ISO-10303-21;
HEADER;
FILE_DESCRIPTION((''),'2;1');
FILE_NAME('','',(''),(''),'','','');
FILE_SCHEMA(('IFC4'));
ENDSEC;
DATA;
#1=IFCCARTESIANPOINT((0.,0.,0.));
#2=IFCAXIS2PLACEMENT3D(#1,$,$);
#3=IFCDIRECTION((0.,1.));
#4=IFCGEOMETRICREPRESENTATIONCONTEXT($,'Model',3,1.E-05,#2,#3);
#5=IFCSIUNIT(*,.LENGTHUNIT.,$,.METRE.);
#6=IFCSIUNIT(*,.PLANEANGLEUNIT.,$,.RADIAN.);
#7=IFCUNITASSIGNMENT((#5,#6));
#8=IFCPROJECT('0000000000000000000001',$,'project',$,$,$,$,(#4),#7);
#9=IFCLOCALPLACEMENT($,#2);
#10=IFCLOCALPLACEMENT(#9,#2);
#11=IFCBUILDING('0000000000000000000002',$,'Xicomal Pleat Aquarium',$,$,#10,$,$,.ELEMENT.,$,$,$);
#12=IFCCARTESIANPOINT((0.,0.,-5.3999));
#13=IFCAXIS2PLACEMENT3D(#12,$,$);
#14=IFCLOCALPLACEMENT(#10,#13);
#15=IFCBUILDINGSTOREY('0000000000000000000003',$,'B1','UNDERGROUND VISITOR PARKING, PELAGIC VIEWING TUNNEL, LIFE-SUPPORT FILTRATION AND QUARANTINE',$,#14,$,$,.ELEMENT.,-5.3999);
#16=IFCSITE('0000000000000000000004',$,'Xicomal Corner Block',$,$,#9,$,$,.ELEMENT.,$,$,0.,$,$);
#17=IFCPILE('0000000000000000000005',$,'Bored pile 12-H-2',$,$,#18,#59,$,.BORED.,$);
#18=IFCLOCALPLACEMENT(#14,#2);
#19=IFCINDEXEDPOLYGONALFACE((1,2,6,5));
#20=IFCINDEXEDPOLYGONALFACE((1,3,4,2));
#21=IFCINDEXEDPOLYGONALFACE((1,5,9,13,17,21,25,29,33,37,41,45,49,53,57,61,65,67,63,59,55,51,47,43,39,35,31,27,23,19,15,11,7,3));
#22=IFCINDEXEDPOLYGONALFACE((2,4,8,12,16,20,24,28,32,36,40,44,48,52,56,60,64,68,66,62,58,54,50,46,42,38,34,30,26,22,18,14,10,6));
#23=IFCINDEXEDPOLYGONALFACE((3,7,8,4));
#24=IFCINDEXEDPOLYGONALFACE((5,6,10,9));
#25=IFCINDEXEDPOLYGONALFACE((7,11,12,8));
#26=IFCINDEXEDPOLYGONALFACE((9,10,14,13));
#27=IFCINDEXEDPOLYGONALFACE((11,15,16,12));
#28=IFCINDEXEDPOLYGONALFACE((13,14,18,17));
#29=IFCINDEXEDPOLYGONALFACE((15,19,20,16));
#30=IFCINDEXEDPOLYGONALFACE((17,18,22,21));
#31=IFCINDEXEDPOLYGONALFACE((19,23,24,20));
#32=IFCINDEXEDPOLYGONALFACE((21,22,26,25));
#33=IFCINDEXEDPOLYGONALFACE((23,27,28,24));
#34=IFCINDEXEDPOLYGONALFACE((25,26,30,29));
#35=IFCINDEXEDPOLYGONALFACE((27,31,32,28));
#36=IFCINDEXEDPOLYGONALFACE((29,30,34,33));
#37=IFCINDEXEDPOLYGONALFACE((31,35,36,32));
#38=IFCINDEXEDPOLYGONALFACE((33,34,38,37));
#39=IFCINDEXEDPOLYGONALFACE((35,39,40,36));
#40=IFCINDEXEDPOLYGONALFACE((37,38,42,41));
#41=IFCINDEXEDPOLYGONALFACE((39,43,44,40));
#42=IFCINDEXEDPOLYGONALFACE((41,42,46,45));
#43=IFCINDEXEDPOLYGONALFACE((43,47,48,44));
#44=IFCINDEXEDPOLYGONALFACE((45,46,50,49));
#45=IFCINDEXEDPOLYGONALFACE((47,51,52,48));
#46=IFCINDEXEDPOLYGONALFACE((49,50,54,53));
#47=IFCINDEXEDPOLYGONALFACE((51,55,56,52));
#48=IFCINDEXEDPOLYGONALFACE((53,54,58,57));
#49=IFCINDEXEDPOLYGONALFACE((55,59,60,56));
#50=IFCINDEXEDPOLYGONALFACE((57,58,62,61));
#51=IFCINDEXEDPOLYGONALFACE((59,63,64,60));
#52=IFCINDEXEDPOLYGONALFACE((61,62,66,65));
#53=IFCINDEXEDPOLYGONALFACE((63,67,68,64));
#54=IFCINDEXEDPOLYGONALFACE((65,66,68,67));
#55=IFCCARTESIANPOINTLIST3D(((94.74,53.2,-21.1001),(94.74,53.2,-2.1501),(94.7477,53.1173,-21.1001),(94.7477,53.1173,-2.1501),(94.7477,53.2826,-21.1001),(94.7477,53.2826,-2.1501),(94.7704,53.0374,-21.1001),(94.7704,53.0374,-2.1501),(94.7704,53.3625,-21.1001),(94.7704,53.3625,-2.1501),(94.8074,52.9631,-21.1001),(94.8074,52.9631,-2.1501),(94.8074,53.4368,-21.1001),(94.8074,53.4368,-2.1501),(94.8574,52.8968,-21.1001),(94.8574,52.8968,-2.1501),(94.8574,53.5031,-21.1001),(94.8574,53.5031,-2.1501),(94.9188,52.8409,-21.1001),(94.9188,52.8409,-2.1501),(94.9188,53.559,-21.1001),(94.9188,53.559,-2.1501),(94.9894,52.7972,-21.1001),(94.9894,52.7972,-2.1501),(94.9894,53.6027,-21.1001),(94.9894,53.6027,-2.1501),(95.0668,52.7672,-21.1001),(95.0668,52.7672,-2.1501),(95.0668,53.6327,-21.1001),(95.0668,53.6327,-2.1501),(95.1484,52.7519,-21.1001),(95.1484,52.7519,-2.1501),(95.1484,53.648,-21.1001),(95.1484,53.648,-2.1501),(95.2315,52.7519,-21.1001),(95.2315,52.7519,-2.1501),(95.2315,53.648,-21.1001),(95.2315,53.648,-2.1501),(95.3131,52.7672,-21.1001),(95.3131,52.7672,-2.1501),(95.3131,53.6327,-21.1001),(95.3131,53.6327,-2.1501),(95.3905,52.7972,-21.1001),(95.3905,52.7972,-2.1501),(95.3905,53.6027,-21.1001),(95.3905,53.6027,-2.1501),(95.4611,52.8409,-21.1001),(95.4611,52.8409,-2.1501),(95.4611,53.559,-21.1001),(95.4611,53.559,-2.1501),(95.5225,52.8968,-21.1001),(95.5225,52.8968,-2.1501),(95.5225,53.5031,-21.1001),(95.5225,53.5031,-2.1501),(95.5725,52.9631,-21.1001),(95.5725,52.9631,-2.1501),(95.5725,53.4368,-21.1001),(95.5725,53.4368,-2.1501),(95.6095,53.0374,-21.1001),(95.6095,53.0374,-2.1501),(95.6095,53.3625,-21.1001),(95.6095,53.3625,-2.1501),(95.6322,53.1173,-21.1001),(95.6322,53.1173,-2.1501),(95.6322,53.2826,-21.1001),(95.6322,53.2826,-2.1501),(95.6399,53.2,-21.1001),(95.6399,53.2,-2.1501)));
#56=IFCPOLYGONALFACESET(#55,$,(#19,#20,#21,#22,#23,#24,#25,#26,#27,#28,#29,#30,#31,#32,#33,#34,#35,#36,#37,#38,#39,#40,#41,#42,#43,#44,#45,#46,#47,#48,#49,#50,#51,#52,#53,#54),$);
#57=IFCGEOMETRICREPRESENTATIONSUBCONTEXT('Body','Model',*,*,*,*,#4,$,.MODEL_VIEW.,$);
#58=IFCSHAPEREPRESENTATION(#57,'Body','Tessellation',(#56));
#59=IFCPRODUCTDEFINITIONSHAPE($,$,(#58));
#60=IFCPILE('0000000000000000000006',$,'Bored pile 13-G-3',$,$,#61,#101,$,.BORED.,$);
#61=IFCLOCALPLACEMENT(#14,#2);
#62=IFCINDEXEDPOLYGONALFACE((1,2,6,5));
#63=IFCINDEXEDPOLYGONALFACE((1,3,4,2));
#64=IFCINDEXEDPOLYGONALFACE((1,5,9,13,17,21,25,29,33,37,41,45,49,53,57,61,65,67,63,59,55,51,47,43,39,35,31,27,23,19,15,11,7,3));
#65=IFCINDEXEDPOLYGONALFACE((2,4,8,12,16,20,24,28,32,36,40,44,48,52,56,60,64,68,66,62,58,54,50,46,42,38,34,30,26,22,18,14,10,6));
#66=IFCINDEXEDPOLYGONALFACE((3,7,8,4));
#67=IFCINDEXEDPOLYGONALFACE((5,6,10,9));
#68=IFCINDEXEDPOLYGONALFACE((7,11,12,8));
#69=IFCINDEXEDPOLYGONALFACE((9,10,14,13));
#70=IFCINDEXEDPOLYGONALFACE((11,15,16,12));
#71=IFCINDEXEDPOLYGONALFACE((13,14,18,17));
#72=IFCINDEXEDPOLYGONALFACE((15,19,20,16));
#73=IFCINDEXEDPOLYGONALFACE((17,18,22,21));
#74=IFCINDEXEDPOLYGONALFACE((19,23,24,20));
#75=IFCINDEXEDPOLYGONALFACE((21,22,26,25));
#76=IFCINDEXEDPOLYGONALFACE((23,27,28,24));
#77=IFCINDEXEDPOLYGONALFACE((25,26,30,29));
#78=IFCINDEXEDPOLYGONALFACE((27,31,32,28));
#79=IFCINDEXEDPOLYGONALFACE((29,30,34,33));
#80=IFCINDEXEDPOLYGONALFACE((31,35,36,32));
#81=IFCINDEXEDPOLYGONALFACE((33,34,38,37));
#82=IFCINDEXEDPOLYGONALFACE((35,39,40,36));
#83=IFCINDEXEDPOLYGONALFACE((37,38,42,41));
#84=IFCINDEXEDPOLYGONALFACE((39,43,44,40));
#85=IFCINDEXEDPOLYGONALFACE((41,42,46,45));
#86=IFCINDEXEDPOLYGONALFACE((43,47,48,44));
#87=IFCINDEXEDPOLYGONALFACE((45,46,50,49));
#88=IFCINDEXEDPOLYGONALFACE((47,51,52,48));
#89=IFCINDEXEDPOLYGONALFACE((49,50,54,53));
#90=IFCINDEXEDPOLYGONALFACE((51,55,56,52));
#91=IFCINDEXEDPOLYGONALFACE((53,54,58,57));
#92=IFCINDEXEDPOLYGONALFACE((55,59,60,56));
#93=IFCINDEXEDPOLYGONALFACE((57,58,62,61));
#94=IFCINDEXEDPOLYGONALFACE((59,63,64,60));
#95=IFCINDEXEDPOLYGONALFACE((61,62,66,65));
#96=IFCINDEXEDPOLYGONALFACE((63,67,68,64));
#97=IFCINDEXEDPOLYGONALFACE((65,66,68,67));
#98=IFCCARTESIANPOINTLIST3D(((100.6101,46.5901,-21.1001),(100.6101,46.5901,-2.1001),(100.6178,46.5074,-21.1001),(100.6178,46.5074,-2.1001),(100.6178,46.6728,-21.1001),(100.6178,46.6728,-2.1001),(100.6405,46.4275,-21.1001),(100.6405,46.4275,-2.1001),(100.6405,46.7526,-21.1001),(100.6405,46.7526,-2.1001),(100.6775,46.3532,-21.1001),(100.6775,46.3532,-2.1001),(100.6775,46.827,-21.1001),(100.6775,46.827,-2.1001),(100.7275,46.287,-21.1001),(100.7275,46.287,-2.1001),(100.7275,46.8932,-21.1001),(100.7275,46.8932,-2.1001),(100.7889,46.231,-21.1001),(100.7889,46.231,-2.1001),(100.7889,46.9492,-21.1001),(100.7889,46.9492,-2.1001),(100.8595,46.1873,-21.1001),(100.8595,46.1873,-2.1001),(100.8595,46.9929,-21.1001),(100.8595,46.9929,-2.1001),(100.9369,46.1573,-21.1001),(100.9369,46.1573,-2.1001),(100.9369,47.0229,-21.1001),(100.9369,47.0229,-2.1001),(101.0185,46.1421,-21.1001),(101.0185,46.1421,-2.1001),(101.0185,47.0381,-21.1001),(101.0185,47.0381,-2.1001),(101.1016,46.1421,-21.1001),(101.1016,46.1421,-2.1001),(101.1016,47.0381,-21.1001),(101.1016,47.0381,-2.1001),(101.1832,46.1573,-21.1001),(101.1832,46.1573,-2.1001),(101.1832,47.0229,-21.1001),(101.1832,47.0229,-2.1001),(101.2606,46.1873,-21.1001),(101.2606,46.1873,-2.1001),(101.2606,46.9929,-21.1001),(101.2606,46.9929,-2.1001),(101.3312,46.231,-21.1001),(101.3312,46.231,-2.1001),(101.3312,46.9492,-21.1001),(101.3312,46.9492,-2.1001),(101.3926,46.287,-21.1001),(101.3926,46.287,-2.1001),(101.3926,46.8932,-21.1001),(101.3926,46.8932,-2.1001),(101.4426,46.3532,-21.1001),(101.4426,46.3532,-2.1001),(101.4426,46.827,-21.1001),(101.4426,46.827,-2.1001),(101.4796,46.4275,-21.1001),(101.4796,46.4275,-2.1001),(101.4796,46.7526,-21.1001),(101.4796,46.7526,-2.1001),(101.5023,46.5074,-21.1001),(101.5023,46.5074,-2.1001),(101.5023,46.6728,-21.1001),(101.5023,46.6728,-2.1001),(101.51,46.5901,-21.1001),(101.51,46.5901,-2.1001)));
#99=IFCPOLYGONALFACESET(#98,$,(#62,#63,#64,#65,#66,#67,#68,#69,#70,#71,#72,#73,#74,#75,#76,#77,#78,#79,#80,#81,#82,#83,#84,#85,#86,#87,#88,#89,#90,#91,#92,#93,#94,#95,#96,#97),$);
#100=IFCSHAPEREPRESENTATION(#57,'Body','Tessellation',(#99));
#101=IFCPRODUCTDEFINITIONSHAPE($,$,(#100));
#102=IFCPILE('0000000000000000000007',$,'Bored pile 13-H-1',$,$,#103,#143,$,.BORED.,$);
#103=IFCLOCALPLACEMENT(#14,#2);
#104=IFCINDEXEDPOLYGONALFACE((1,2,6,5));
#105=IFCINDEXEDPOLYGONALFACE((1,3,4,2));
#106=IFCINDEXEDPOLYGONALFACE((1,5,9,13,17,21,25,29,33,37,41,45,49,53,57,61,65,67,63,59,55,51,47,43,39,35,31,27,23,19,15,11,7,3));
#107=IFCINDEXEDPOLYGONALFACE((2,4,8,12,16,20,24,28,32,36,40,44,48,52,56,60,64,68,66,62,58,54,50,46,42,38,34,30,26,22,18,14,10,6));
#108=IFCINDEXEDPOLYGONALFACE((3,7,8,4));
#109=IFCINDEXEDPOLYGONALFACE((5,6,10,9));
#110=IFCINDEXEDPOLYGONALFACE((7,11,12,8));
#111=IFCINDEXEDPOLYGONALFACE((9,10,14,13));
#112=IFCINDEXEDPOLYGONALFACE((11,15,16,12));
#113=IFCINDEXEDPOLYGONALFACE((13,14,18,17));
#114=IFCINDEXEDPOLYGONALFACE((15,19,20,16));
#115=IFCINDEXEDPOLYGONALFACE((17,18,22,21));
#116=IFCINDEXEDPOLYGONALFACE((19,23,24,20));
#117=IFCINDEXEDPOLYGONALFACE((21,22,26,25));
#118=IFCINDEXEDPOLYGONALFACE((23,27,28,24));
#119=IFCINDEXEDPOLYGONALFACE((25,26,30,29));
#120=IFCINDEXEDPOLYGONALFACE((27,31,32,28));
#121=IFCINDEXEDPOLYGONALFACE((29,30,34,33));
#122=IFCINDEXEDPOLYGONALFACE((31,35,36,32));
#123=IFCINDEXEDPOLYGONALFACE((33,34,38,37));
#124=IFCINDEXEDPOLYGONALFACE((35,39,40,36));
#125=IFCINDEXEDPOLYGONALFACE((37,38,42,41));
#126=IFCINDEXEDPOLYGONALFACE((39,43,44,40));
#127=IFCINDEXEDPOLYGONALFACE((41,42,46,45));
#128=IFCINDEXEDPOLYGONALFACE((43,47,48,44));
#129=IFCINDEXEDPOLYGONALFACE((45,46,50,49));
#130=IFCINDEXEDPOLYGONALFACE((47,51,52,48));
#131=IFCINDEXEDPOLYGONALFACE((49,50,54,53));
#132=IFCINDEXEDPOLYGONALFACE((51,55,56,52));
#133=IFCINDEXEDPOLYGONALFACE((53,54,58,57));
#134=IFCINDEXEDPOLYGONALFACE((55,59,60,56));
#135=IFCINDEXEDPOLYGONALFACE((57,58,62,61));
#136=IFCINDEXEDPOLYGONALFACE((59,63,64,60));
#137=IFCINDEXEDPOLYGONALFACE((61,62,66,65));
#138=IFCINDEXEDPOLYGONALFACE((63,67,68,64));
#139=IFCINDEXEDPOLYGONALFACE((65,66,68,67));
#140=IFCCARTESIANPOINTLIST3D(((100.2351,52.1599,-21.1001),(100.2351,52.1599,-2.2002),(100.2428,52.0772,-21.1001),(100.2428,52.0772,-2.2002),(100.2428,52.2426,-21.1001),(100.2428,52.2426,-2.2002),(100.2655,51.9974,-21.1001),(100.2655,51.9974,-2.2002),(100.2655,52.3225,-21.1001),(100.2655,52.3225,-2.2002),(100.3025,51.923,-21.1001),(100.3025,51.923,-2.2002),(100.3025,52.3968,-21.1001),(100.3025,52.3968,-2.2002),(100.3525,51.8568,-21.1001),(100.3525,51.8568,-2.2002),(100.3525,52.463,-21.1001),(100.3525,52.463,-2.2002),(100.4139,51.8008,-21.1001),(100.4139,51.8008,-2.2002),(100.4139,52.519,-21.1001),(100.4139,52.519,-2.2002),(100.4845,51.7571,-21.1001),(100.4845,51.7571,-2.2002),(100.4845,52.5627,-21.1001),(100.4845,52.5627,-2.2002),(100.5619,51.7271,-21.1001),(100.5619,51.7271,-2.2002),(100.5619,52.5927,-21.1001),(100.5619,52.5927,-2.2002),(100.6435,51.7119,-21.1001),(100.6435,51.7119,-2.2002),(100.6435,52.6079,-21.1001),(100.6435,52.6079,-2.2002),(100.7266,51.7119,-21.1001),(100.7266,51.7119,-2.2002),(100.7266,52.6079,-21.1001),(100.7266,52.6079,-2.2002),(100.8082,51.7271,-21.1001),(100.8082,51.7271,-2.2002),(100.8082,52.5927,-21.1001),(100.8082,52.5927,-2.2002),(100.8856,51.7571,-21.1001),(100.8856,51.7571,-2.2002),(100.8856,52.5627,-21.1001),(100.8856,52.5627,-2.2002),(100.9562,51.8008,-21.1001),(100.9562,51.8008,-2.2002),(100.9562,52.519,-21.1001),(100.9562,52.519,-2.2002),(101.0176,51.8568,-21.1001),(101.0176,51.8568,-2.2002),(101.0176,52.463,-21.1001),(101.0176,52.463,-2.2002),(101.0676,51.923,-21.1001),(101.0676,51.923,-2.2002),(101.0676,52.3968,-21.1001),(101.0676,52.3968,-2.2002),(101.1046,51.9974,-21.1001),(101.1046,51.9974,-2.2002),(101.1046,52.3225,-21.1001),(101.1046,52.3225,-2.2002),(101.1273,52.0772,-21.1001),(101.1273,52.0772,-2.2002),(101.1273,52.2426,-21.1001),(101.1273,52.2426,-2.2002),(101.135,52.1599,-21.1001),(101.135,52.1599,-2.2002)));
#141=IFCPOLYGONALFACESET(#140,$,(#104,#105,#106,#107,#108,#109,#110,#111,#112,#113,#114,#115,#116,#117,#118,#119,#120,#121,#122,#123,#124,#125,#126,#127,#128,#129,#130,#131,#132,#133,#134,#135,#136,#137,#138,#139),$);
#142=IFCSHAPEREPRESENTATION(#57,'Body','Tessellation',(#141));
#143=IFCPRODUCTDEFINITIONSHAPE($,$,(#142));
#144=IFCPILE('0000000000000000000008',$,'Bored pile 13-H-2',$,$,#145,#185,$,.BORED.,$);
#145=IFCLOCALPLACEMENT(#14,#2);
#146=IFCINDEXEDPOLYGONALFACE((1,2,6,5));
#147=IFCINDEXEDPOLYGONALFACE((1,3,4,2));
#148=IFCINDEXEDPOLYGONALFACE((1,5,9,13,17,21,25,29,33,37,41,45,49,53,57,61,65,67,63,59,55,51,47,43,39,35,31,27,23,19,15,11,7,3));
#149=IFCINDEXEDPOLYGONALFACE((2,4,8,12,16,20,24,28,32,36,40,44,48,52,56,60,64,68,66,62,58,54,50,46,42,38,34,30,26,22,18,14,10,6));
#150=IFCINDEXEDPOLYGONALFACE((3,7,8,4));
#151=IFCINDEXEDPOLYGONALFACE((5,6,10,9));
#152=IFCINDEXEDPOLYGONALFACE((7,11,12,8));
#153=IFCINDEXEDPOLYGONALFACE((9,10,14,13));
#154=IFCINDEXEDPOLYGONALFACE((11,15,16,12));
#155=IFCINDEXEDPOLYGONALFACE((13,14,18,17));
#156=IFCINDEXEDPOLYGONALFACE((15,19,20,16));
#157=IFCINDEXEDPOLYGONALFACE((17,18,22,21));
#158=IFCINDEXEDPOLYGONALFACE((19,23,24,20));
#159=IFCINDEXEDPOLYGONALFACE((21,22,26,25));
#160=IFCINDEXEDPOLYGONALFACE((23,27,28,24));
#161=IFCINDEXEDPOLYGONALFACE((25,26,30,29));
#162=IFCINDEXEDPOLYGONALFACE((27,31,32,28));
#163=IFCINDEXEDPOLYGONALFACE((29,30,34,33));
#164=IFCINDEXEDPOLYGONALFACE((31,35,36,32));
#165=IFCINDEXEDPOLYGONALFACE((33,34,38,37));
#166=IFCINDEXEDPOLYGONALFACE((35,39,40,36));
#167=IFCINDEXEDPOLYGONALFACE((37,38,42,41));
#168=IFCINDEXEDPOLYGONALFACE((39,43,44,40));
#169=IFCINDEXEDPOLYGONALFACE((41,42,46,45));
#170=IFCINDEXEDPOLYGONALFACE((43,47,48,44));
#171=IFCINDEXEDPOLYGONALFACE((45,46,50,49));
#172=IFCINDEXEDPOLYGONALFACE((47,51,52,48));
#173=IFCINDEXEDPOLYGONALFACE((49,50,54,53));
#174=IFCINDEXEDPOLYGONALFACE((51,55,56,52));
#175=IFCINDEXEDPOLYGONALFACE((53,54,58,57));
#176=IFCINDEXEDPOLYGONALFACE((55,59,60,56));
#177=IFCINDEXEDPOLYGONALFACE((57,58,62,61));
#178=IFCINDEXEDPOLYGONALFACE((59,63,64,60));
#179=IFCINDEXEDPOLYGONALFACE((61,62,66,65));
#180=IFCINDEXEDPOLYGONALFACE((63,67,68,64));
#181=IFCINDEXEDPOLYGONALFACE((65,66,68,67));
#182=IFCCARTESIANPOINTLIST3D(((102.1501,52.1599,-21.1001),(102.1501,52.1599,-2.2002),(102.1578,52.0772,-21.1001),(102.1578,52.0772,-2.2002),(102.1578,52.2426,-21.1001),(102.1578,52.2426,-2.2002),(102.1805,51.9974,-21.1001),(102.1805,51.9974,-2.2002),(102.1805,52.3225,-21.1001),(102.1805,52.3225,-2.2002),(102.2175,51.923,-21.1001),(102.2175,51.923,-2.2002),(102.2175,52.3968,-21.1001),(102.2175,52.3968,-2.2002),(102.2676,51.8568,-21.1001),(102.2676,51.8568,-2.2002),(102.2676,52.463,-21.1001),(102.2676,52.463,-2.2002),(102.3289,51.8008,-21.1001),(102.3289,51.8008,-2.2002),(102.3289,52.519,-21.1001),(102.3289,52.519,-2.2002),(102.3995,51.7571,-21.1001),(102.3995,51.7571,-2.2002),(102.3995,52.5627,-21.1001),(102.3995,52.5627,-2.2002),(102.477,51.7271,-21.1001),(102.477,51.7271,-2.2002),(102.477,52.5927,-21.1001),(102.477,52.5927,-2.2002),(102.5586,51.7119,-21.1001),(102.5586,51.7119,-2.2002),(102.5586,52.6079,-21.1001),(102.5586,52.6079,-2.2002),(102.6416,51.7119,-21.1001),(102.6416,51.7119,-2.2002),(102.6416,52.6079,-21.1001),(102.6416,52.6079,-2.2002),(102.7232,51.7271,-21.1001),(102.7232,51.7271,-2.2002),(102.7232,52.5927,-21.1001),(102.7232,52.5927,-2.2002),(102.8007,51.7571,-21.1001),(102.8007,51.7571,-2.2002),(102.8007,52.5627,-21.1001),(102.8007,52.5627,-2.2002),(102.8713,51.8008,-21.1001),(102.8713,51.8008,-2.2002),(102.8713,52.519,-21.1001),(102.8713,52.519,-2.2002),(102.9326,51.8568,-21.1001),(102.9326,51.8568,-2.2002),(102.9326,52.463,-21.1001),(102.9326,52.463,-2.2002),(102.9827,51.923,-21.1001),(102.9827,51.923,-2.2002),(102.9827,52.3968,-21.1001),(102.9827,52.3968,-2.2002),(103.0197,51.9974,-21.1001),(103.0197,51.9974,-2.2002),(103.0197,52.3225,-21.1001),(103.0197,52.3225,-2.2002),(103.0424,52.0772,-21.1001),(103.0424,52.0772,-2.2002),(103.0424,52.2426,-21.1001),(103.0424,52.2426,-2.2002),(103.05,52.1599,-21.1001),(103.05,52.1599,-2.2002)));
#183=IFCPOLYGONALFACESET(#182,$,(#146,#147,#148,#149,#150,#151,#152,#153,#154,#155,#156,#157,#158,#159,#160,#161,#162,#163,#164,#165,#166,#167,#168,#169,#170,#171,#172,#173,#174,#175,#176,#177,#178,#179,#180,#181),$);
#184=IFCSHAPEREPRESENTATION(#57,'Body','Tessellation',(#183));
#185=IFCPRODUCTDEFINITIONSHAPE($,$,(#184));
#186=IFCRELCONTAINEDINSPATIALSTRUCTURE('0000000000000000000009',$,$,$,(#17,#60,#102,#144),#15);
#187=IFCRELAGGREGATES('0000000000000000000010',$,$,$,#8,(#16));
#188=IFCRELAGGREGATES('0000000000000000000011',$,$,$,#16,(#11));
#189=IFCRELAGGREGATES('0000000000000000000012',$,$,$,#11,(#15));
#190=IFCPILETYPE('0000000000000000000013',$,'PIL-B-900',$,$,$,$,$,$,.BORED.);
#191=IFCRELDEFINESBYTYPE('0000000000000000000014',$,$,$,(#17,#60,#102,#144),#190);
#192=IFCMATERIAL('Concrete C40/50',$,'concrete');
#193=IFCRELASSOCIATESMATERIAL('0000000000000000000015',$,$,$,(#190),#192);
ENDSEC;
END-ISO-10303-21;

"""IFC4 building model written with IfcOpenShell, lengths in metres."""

from ifc_helpers import new_model, si_unit, direction, frame, origin, origin_2d, place, context, subcontext, project, spatial, circle, extrude, material, material_profile, profile_set, type_object, element, save


model = new_model("IFC4")

# Units and contexts
model_context = context("Model", 3, precision=1e-05, world=origin(), true_north=direction((0.0, 1.0)))
body_context = subcontext(model_context, "Body", "Model", "MODEL_VIEW")
ifc_project = project(units=[si_unit("LENGTHUNIT", "METRE"), si_unit("PLANEANGLEUNIT", "RADIAN")], contexts=[model_context])

# Site, building, storey
site_placement = place(None, origin())
site = spatial("IfcSite", under=ifc_project, at=site_placement, Name="Xicomal Corner Block", CompositionType="ELEMENT", RefElevation=0.0)
building_placement = place(site_placement, origin())
building = spatial("IfcBuilding", under=site, at=building_placement, Name="Xicomal Pleat Aquarium", CompositionType="ELEMENT")
storey_placement = place(building_placement, frame((0.0, 0.0, -5.3999)))
storey = spatial("IfcBuildingStorey", under=building, at=storey_placement, Name="B1", Description="UNDERGROUND VISITOR PARKING, PELAGIC VIEWING TUNNEL, LIFE-SUPPORT FILTRATION AND QUARANTINE", CompositionType="ELEMENT", Elevation=-5.3999)

# Piles
ifc_material_1 = material(Name="Concrete C40/50", Category="concrete")
ifc_material_profile_1 = material_profile(ifc_material_1, circle(Radius=0.45, at=origin_2d()), Name="BORED PILE D900")
ifc_profile_set_1 = profile_set([ifc_material_profile_1], Name="Concrete C40/50")
pile_type_1 = type_object("IfcPileType", Name="PIL-B-900", PredefinedType="BORED", material=ifc_profile_set_1)
pile_1_placement = place(storey_placement, frame((95.1899, 53.2, -2.1501), z_axis=(0.0, 0.0, -1.0), x_axis=(1.0, 0.0, 0.0)))
element("IfcPile", 1, at=pile_1_placement, inside=storey, type_object=pile_type_1, Name="Bored pile 12-H-2", PredefinedType="BORED", context=body_context, shape_type="SweptSolid", body=[
    extrude(circle(Radius=0.45, at=origin_2d()), origin(), (0.0, 0.0, 1.0), 18.95),
])
pile_2_placement = place(storey_placement, frame((101.0601, 46.5901, -2.1001), z_axis=(0.0, 0.0, -1.0), x_axis=(1.0, 0.0, 0.0)))
element("IfcPile", 2, at=pile_2_placement, inside=storey, type_object=pile_type_1, Name="Bored pile 13-G-3", PredefinedType="BORED", context=body_context, shape_type="SweptSolid", body=[
    extrude(circle(Radius=0.45, at=origin_2d()), origin(), (0.0, 0.0, 1.0), 19.0),
])
for number, where, z_axis, x_axis, name in (
    (3, (100.6851, 52.1599, -2.2002), (0.0, 0.0, -1.0), (1.0, 0.0, 0.0), "Bored pile 13-H-1"),
    (4, (102.6001, 52.1599, -2.2002), (0.0, 0.0, -1.0), (1.0, 0.0, 0.0), "Bored pile 13-H-2"),
):
    element("IfcPile", number, at=place(storey_placement, frame(where, z_axis=z_axis, x_axis=x_axis)), inside=storey, type_object=pile_type_1, Name=name, PredefinedType="BORED", context=body_context, shape_type="SweptSolid", body=[
        extrude(circle(Radius=0.45, at=origin_2d()), origin(), (0.0, 0.0, 1.0), 18.8999),
    ])

save(model, "model.ifc")
